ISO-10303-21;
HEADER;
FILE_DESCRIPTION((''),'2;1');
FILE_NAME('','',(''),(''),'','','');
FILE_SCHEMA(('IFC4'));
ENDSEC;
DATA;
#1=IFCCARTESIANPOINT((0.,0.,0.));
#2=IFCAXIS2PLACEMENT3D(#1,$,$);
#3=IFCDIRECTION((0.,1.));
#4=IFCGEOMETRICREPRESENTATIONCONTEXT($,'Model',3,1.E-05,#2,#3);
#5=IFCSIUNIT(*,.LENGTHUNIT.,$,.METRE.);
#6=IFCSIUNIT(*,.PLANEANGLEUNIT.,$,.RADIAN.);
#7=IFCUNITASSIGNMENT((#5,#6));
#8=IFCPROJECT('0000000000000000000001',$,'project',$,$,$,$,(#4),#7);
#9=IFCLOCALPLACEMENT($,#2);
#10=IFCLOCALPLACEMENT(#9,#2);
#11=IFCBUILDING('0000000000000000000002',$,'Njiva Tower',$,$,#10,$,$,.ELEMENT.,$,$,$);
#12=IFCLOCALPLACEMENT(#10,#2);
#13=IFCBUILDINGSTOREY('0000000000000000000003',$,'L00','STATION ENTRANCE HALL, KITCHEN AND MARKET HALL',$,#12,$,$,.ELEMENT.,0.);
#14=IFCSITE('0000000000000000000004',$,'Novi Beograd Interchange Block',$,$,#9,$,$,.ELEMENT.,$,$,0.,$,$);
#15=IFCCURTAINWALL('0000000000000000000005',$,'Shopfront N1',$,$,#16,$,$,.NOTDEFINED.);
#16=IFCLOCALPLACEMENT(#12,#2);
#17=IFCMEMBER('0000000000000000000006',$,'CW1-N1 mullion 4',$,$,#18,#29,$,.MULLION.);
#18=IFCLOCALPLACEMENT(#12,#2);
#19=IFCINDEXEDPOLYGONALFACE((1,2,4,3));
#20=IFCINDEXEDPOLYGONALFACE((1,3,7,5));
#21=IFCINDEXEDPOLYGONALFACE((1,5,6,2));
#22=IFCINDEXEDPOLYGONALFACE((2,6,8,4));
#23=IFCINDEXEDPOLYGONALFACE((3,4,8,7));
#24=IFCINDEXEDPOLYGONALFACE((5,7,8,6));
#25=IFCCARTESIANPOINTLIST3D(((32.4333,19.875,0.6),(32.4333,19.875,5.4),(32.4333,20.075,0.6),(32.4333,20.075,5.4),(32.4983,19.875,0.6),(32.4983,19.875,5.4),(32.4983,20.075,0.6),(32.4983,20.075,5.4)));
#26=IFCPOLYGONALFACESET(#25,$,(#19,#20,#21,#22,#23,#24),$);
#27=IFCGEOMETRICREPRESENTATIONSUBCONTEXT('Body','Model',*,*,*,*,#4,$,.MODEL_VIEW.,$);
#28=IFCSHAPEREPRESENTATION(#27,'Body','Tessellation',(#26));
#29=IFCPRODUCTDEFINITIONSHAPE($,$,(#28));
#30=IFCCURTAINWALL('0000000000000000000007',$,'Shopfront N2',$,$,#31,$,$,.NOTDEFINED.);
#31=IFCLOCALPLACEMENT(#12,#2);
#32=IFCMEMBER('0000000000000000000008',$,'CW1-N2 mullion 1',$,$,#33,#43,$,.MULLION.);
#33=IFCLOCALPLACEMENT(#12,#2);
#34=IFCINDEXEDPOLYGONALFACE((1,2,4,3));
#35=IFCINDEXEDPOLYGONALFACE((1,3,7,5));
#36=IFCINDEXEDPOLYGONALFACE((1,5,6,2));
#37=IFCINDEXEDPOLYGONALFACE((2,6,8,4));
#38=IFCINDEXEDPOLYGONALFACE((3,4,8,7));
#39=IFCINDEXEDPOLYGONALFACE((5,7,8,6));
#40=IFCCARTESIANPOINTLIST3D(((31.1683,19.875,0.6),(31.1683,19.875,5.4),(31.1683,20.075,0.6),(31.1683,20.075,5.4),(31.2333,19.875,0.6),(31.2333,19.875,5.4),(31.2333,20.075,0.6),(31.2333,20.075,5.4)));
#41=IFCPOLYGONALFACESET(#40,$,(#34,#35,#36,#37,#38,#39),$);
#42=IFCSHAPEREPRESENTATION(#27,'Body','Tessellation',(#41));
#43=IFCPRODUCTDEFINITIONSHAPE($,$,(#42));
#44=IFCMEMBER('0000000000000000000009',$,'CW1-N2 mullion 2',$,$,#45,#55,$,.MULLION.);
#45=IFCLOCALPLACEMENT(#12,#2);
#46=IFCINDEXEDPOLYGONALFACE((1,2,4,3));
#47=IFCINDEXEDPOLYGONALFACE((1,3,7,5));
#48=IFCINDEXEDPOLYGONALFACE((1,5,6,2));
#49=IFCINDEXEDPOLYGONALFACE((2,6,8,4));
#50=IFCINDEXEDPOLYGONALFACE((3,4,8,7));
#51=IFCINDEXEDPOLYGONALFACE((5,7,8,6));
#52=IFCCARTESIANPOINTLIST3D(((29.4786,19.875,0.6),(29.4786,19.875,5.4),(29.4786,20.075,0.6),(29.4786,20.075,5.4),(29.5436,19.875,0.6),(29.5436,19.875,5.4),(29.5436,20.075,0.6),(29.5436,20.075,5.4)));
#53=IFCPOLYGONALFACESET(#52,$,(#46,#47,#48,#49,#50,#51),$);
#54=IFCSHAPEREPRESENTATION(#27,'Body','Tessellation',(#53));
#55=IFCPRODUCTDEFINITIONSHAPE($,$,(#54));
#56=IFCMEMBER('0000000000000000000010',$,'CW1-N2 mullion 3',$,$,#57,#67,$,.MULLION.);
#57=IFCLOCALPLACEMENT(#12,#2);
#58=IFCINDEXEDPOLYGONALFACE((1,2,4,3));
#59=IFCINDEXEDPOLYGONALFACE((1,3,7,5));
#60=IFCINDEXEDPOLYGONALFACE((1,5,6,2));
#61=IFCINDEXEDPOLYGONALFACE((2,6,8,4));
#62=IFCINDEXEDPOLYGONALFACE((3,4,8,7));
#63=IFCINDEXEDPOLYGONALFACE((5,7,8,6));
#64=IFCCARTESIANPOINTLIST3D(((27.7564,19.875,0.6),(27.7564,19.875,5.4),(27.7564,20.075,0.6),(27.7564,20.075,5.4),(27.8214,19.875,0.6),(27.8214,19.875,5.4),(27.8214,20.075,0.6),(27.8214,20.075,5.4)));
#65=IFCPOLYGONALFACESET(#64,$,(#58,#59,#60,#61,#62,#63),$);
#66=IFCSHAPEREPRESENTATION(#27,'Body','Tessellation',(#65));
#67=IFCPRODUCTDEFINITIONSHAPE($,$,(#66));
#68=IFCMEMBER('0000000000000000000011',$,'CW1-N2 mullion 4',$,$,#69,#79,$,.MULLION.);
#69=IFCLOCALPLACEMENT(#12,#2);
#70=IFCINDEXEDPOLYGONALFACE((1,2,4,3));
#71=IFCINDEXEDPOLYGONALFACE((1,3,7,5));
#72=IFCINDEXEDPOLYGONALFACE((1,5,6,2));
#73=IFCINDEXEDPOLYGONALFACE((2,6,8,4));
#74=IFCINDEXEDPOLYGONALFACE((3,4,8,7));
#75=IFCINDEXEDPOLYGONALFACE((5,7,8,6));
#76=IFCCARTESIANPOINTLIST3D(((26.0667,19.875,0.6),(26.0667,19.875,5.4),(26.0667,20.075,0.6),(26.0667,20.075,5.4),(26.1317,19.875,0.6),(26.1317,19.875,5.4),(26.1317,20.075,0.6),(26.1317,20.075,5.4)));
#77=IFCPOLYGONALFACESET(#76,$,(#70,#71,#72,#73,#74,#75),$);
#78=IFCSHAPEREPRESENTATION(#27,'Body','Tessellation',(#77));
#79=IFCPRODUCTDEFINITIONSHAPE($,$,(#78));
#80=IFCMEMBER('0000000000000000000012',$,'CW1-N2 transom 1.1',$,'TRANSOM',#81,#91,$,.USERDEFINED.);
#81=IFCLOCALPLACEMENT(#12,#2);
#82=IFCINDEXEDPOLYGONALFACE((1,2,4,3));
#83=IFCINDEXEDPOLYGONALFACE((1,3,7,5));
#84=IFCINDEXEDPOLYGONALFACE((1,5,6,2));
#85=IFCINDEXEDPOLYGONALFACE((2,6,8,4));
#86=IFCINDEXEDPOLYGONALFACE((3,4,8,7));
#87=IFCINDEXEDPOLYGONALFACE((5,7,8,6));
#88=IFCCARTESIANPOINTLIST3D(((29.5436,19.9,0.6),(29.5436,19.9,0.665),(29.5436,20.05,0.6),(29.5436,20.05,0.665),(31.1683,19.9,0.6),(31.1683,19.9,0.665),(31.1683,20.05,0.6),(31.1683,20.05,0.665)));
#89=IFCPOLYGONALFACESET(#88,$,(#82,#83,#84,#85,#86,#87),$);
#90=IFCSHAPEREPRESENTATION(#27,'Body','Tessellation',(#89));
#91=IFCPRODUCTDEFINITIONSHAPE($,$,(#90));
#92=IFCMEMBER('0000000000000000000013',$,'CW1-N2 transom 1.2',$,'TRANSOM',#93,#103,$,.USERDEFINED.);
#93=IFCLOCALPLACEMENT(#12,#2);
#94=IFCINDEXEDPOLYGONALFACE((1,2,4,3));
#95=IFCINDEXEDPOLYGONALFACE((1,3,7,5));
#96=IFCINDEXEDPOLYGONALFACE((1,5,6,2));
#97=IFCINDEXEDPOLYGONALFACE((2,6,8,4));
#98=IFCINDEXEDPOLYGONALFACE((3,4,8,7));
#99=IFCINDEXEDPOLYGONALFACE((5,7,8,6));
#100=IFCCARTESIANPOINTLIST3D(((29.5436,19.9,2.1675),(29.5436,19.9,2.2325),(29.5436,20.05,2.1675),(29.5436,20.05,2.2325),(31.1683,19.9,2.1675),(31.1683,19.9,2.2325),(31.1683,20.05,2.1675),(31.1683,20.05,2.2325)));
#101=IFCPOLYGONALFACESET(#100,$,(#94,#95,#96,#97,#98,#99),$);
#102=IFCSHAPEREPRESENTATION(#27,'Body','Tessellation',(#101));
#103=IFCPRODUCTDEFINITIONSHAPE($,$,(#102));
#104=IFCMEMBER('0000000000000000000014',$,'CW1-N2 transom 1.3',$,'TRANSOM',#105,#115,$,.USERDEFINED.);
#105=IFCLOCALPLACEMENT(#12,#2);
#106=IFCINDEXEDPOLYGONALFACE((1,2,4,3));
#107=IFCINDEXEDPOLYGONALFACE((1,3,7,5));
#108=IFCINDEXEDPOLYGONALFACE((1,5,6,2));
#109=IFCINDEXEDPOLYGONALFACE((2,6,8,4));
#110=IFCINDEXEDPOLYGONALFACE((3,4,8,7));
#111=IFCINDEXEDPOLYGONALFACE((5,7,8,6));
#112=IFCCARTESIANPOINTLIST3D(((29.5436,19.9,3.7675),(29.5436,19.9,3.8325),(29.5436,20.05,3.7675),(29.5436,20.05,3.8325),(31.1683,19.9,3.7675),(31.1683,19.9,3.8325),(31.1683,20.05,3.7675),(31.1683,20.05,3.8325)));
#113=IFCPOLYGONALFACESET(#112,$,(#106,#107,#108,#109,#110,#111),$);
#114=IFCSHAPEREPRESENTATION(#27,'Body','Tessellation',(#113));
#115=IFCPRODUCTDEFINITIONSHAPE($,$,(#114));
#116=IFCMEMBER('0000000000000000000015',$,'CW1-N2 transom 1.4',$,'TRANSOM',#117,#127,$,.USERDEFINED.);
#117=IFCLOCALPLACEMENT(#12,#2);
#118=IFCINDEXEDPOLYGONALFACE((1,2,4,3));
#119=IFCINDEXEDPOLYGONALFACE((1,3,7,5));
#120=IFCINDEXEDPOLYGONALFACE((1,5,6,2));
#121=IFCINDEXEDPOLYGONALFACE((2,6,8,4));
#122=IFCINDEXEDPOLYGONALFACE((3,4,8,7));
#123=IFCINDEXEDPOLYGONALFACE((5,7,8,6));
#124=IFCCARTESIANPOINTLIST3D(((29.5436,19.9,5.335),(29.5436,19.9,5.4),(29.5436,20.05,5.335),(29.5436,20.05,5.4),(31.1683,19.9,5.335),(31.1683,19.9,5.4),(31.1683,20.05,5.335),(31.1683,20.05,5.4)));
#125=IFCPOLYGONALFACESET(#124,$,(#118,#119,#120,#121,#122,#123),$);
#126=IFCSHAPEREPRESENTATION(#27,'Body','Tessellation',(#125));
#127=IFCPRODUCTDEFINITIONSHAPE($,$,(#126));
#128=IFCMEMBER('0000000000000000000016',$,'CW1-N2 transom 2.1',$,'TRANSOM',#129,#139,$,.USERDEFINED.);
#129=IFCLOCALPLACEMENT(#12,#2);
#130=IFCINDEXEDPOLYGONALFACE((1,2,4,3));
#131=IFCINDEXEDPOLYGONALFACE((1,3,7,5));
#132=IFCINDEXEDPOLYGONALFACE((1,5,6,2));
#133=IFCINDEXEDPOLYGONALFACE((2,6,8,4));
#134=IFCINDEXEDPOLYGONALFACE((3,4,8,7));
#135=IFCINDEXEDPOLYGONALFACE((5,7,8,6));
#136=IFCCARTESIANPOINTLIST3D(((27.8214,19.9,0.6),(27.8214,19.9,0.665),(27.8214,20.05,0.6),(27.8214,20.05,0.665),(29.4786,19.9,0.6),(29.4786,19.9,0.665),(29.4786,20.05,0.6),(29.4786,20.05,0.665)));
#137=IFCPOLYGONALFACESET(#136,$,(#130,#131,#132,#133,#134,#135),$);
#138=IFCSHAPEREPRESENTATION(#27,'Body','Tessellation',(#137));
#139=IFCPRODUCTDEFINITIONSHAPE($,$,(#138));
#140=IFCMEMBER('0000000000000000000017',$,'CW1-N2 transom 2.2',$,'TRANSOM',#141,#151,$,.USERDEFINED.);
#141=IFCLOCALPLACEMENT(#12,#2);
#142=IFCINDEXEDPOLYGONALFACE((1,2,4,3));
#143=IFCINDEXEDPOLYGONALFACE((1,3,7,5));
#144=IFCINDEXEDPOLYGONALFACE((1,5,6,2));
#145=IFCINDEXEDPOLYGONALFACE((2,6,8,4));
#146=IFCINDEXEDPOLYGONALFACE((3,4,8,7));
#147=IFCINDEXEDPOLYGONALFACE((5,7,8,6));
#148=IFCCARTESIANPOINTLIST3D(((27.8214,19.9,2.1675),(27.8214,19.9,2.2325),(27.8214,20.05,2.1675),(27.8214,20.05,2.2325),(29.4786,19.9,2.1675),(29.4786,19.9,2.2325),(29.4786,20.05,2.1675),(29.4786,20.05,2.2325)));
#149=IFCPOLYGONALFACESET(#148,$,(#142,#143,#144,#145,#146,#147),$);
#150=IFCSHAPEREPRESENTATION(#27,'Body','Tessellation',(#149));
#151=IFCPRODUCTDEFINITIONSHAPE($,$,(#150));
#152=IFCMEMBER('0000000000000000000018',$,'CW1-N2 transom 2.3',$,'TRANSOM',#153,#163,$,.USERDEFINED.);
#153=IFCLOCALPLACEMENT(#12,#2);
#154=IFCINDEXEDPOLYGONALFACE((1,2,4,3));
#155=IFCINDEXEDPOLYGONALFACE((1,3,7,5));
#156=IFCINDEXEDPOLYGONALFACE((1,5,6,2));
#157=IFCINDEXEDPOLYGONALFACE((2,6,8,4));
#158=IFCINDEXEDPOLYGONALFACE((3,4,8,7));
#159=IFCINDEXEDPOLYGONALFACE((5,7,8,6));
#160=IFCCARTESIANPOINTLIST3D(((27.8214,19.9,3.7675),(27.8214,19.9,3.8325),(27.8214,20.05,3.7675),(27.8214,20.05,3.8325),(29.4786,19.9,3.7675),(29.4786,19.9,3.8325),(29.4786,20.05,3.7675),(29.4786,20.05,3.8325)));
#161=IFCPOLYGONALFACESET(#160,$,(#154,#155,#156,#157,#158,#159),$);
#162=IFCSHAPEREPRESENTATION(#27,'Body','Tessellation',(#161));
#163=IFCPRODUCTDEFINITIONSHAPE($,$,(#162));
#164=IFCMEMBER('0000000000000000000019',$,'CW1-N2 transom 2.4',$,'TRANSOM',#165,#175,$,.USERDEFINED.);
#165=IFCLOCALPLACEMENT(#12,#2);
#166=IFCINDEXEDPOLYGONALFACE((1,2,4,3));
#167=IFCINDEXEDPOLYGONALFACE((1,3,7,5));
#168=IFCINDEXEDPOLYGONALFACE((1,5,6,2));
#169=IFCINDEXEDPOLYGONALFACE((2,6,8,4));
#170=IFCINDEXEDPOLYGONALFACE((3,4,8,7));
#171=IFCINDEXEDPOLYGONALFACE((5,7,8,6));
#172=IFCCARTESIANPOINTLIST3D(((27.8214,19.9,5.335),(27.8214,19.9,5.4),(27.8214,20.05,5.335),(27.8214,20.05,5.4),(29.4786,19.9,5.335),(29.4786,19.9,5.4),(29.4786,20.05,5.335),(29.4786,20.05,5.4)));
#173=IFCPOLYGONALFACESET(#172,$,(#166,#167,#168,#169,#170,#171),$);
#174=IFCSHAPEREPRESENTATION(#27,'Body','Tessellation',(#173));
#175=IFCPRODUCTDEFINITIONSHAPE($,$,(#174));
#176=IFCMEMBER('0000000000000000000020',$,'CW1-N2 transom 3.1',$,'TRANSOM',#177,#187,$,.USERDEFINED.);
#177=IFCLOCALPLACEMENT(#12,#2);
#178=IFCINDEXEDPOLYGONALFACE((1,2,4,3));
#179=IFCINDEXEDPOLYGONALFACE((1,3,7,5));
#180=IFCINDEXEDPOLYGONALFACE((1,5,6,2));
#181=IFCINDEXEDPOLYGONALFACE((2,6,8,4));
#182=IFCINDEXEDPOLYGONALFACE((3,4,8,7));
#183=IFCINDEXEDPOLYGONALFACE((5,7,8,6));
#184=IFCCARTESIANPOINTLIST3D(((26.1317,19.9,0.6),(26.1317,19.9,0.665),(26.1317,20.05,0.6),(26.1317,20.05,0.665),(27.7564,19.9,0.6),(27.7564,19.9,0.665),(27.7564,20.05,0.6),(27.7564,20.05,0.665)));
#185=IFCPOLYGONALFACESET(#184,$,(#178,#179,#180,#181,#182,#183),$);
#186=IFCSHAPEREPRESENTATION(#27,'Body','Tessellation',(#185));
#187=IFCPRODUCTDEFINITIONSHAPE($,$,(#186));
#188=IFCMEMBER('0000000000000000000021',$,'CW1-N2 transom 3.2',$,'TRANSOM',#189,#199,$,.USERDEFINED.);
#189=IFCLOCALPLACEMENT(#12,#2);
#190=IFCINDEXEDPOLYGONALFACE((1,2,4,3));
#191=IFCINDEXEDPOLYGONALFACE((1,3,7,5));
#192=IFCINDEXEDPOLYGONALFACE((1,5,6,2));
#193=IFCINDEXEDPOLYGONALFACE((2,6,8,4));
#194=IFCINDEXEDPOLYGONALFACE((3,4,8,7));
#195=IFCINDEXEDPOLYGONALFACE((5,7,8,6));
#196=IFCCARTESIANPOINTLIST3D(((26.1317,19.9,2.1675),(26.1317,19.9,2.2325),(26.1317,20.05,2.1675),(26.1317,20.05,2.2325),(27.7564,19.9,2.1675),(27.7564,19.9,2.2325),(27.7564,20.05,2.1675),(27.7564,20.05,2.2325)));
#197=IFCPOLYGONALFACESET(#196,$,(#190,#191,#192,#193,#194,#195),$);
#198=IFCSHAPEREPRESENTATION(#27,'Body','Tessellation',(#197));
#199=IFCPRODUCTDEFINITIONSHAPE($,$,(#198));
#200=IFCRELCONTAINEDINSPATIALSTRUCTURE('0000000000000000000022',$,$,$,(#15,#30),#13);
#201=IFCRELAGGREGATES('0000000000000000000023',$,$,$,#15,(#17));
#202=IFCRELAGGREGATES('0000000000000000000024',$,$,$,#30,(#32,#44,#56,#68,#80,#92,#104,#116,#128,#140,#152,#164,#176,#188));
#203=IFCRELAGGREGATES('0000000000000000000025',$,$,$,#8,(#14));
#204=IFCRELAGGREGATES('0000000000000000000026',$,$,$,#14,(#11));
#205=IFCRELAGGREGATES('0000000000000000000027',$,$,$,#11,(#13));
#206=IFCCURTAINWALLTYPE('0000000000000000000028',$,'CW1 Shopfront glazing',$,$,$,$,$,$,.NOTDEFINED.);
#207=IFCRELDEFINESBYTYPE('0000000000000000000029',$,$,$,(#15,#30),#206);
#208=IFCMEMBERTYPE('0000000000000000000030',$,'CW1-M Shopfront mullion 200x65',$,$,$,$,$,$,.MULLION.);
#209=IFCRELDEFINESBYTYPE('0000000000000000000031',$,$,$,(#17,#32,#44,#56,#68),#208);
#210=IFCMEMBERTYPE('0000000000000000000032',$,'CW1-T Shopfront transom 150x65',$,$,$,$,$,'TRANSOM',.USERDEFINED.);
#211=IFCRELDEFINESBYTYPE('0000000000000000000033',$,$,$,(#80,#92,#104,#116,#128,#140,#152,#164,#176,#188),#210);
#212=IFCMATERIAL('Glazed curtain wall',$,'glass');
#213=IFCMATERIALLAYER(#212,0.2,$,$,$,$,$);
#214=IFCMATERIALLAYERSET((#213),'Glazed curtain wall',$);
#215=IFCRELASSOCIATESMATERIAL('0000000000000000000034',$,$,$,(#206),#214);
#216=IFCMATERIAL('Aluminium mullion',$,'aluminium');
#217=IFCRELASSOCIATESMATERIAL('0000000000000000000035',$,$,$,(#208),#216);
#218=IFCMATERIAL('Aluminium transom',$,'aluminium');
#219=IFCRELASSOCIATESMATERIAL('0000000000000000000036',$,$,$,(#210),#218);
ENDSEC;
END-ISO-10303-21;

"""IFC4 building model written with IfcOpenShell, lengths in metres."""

from ifc_helpers import new_model, si_unit, direction, frame, origin, origin_2d, place, context, subcontext, project, spatial, rectangle, extrude, material, layer, layer_set, material_profile, profile_set, type_object, element, aggregate, save


model = new_model("IFC4")

# Units and contexts
model_context = context("Model", 3, precision=1e-05, world=origin(), true_north=direction((0.0, 1.0)))
body_context = subcontext(model_context, "Body", "Model", "MODEL_VIEW")
ifc_project = project(units=[si_unit("LENGTHUNIT", "METRE"), si_unit("PLANEANGLEUNIT", "RADIAN")], contexts=[model_context])

# Site, building, storey
site_placement = place(None, origin())
site = spatial("IfcSite", under=ifc_project, at=site_placement, Name="Novi Beograd Interchange Block", CompositionType="ELEMENT", RefElevation=0.0)
building_placement = place(site_placement, origin())
building = spatial("IfcBuilding", under=site, at=building_placement, Name="Njiva Tower", CompositionType="ELEMENT")
storey_placement = place(building_placement, origin())
storey = spatial("IfcBuildingStorey", under=building, at=storey_placement, Name="L00", Description="STATION ENTRANCE HALL, KITCHEN AND MARKET HALL", CompositionType="ELEMENT", Elevation=0.0)

# Curtain wall, member
ifc_material_1 = material(Name="Glazed curtain wall", Category="glass")
ifc_layer_1 = layer(ifc_material_1, 0.2)
ifc_layer_set_1 = layer_set([ifc_layer_1], Name="Glazed curtain wall")
curtain_wall_type = type_object("IfcCurtainWallType", Name="CW1 Shopfront glazing", PredefinedType="NOTDEFINED", material=ifc_layer_set_1)
curtain_wall_1_placement = place(storey_placement, origin())
curtain_wall_1 = element("IfcCurtainWall", 1, at=curtain_wall_1_placement, inside=storey, type_object=curtain_wall_type, Name="Shopfront N1", PredefinedType="NOTDEFINED")
ifc_material_2 = material(Name="Aluminium mullion", Category="aluminium")
ifc_material_profile_1 = material_profile(ifc_material_2, rectangle(XDim=0.2, YDim=0.065, at=origin_2d()), Name="RECT 200x65")
ifc_profile_set_1 = profile_set([ifc_material_profile_1], Name="Aluminium mullion")
member_type_1 = type_object("IfcMemberType", Name="CW1-M Shopfront mullion 200x65", PredefinedType="MULLION", material=ifc_profile_set_1)
member_1_placement = place(storey_placement, frame((32.4658, 19.975, 0.6), z_axis=(0.0, 0.0, 1.0), x_axis=(0.0, -1.0, 0.0)))
member_1 = element("IfcMember", 2, at=member_1_placement, type_object=member_type_1, Name="CW1-N1 mullion 4", PredefinedType="MULLION", context=body_context, shape_type="SweptSolid", body=[
    extrude(rectangle(XDim=0.2, YDim=0.065, at=origin_2d()), origin(), (0.0, 0.0, 1.0), 4.8),
])

# Curtain wall, members
curtain_wall_2_placement = place(storey_placement, origin())
curtain_wall_2 = element("IfcCurtainWall", 3, at=curtain_wall_2_placement, inside=storey, type_object=curtain_wall_type, Name="Shopfront N2", PredefinedType="NOTDEFINED")
member_2_placement = place(storey_placement, frame((31.2008, 19.975, 0.6), z_axis=(0.0, 0.0, 1.0), x_axis=(0.0, -1.0, 0.0)))
member_2 = element("IfcMember", 4, at=member_2_placement, type_object=member_type_1, Name="CW1-N2 mullion 1", PredefinedType="MULLION", context=body_context, shape_type="SweptSolid", body=[
    extrude(rectangle(XDim=0.2, YDim=0.065, at=origin_2d()), origin(), (0.0, 0.0, 1.0), 4.8),
])
member_3_placement = place(storey_placement, frame((29.5111, 19.975, 0.6), z_axis=(0.0, 0.0, 1.0), x_axis=(0.0, -1.0, 0.0)))
member_3 = element("IfcMember", 5, at=member_3_placement, type_object=member_type_1, Name="CW1-N2 mullion 2", PredefinedType="MULLION", context=body_context, shape_type="SweptSolid", body=[
    extrude(rectangle(XDim=0.2, YDim=0.065, at=origin_2d()), origin(), (0.0, 0.0, 1.0), 4.8),
])
member_4_placement = place(storey_placement, frame((27.7889, 19.975, 0.6), z_axis=(0.0, 0.0, 1.0), x_axis=(0.0, -1.0, 0.0)))
member_4 = element("IfcMember", 6, at=member_4_placement, type_object=member_type_1, Name="CW1-N2 mullion 3", PredefinedType="MULLION", context=body_context, shape_type="SweptSolid", body=[
    extrude(rectangle(XDim=0.2, YDim=0.065, at=origin_2d()), origin(), (0.0, 0.0, 1.0), 4.8),
])
member_5_placement = place(storey_placement, frame((26.0992, 19.975, 0.6), z_axis=(0.0, 0.0, 1.0), x_axis=(0.0, -1.0, 0.0)))
member_5 = element("IfcMember", 7, at=member_5_placement, type_object=member_type_1, Name="CW1-N2 mullion 4", PredefinedType="MULLION", context=body_context, shape_type="SweptSolid", body=[
    extrude(rectangle(XDim=0.2, YDim=0.065, at=origin_2d()), origin(), (0.0, 0.0, 1.0), 4.8),
])
ifc_material_3 = material(Name="Aluminium transom", Category="aluminium")
ifc_material_profile_2 = material_profile(ifc_material_3, rectangle(XDim=0.15, YDim=0.065, at=origin_2d()), Name="RECT 150x65")
ifc_profile_set_2 = profile_set([ifc_material_profile_2], Name="Aluminium transom")
member_type_2 = type_object("IfcMemberType", Name="CW1-T Shopfront transom 150x65", ElementType="TRANSOM", PredefinedType="USERDEFINED", material=ifc_profile_set_2)
member_6_placement = place(storey_placement, frame((31.1683, 19.975, 0.6325), z_axis=(-1.0, 0.0, 0.0), x_axis=(0.0, -1.0, 0.0)))
member_6 = element("IfcMember", 8, at=member_6_placement, type_object=member_type_2, Name="CW1-N2 transom 1.1", ObjectType="TRANSOM", PredefinedType="USERDEFINED", context=body_context, shape_type="SweptSolid", body=[
    extrude(rectangle(XDim=0.15, YDim=0.065, at=origin_2d()), origin(), (0.0, 0.0, 1.0), 1.6247),
])
member_7_placement = place(storey_placement, frame((31.1683, 19.975, 2.2), z_axis=(-1.0, 0.0, 0.0), x_axis=(0.0, -1.0, 0.0)))
member_7 = element("IfcMember", 9, at=member_7_placement, type_object=member_type_2, Name="CW1-N2 transom 1.2", ObjectType="TRANSOM", PredefinedType="USERDEFINED", context=body_context, shape_type="SweptSolid", body=[
    extrude(rectangle(XDim=0.15, YDim=0.065, at=origin_2d()), origin(), (0.0, 0.0, 1.0), 1.6247),
])
member_8_placement = place(storey_placement, frame((31.1683, 19.975, 3.8), z_axis=(-1.0, 0.0, 0.0), x_axis=(0.0, -1.0, 0.0)))
member_8 = element("IfcMember", 10, at=member_8_placement, type_object=member_type_2, Name="CW1-N2 transom 1.3", ObjectType="TRANSOM", PredefinedType="USERDEFINED", context=body_context, shape_type="SweptSolid", body=[
    extrude(rectangle(XDim=0.15, YDim=0.065, at=origin_2d()), origin(), (0.0, 0.0, 1.0), 1.6247),
])
member_9_placement = place(storey_placement, frame((31.1683, 19.975, 5.3675), z_axis=(-1.0, 0.0, 0.0), x_axis=(0.0, -1.0, 0.0)))
member_9 = element("IfcMember", 11, at=member_9_placement, type_object=member_type_2, Name="CW1-N2 transom 1.4", ObjectType="TRANSOM", PredefinedType="USERDEFINED", context=body_context, shape_type="SweptSolid", body=[
    extrude(rectangle(XDim=0.15, YDim=0.065, at=origin_2d()), origin(), (0.0, 0.0, 1.0), 1.6247),
])
member_10_placement = place(storey_placement, frame((29.4786, 19.975, 0.6325), z_axis=(-1.0, 0.0, 0.0), x_axis=(0.0, -1.0, 0.0)))
member_10 = element("IfcMember", 12, at=member_10_placement, type_object=member_type_2, Name="CW1-N2 transom 2.1", ObjectType="TRANSOM", PredefinedType="USERDEFINED", context=body_context, shape_type="SweptSolid", body=[
    extrude(rectangle(XDim=0.15, YDim=0.065, at=origin_2d()), origin(), (0.0, 0.0, 1.0), 1.6572),
])
member_11_placement = place(storey_placement, frame((29.4786, 19.975, 2.2), z_axis=(-1.0, 0.0, 0.0), x_axis=(0.0, -1.0, 0.0)))
member_11 = element("IfcMember", 13, at=member_11_placement, type_object=member_type_2, Name="CW1-N2 transom 2.2", ObjectType="TRANSOM", PredefinedType="USERDEFINED", context=body_context, shape_type="SweptSolid", body=[
    extrude(rectangle(XDim=0.15, YDim=0.065, at=origin_2d()), origin(), (0.0, 0.0, 1.0), 1.6572),
])
member_12_placement = place(storey_placement, frame((29.4786, 19.975, 3.8), z_axis=(-1.0, 0.0, 0.0), x_axis=(0.0, -1.0, 0.0)))
member_12 = element("IfcMember", 14, at=member_12_placement, type_object=member_type_2, Name="CW1-N2 transom 2.3", ObjectType="TRANSOM", PredefinedType="USERDEFINED", context=body_context, shape_type="SweptSolid", body=[
    extrude(rectangle(XDim=0.15, YDim=0.065, at=origin_2d()), origin(), (0.0, 0.0, 1.0), 1.6572),
])
member_13_placement = place(storey_placement, frame((29.4786, 19.975, 5.3675), z_axis=(-1.0, 0.0, 0.0), x_axis=(0.0, -1.0, 0.0)))
member_13 = element("IfcMember", 15, at=member_13_placement, type_object=member_type_2, Name="CW1-N2 transom 2.4", ObjectType="TRANSOM", PredefinedType="USERDEFINED", context=body_context, shape_type="SweptSolid", body=[
    extrude(rectangle(XDim=0.15, YDim=0.065, at=origin_2d()), origin(), (0.0, 0.0, 1.0), 1.6572),
])
member_14_placement = place(storey_placement, frame((27.7564, 19.975, 0.6325), z_axis=(-1.0, 0.0, 0.0), x_axis=(0.0, -1.0, 0.0)))
member_14 = element("IfcMember", 16, at=member_14_placement, type_object=member_type_2, Name="CW1-N2 transom 3.1", ObjectType="TRANSOM", PredefinedType="USERDEFINED", context=body_context, shape_type="SweptSolid", body=[
    extrude(rectangle(XDim=0.15, YDim=0.065, at=origin_2d()), origin(), (0.0, 0.0, 1.0), 1.6247),
])
member_15_placement = place(storey_placement, frame((27.7564, 19.975, 2.2), z_axis=(-1.0, 0.0, 0.0), x_axis=(0.0, -1.0, 0.0)))
member_15 = element("IfcMember", 17, at=member_15_placement, type_object=member_type_2, Name="CW1-N2 transom 3.2", ObjectType="TRANSOM", PredefinedType="USERDEFINED", context=body_context, shape_type="SweptSolid", body=[
    extrude(rectangle(XDim=0.15, YDim=0.065, at=origin_2d()), origin(), (0.0, 0.0, 1.0), 1.6247),
])

aggregate(curtain_wall_1, [member_1])
aggregate(curtain_wall_2, [member_2, member_3, member_4, member_5, member_6, member_7, member_8, member_9, member_10, member_11, member_12, member_13, member_14, member_15])

save(model, "model.ifc")
